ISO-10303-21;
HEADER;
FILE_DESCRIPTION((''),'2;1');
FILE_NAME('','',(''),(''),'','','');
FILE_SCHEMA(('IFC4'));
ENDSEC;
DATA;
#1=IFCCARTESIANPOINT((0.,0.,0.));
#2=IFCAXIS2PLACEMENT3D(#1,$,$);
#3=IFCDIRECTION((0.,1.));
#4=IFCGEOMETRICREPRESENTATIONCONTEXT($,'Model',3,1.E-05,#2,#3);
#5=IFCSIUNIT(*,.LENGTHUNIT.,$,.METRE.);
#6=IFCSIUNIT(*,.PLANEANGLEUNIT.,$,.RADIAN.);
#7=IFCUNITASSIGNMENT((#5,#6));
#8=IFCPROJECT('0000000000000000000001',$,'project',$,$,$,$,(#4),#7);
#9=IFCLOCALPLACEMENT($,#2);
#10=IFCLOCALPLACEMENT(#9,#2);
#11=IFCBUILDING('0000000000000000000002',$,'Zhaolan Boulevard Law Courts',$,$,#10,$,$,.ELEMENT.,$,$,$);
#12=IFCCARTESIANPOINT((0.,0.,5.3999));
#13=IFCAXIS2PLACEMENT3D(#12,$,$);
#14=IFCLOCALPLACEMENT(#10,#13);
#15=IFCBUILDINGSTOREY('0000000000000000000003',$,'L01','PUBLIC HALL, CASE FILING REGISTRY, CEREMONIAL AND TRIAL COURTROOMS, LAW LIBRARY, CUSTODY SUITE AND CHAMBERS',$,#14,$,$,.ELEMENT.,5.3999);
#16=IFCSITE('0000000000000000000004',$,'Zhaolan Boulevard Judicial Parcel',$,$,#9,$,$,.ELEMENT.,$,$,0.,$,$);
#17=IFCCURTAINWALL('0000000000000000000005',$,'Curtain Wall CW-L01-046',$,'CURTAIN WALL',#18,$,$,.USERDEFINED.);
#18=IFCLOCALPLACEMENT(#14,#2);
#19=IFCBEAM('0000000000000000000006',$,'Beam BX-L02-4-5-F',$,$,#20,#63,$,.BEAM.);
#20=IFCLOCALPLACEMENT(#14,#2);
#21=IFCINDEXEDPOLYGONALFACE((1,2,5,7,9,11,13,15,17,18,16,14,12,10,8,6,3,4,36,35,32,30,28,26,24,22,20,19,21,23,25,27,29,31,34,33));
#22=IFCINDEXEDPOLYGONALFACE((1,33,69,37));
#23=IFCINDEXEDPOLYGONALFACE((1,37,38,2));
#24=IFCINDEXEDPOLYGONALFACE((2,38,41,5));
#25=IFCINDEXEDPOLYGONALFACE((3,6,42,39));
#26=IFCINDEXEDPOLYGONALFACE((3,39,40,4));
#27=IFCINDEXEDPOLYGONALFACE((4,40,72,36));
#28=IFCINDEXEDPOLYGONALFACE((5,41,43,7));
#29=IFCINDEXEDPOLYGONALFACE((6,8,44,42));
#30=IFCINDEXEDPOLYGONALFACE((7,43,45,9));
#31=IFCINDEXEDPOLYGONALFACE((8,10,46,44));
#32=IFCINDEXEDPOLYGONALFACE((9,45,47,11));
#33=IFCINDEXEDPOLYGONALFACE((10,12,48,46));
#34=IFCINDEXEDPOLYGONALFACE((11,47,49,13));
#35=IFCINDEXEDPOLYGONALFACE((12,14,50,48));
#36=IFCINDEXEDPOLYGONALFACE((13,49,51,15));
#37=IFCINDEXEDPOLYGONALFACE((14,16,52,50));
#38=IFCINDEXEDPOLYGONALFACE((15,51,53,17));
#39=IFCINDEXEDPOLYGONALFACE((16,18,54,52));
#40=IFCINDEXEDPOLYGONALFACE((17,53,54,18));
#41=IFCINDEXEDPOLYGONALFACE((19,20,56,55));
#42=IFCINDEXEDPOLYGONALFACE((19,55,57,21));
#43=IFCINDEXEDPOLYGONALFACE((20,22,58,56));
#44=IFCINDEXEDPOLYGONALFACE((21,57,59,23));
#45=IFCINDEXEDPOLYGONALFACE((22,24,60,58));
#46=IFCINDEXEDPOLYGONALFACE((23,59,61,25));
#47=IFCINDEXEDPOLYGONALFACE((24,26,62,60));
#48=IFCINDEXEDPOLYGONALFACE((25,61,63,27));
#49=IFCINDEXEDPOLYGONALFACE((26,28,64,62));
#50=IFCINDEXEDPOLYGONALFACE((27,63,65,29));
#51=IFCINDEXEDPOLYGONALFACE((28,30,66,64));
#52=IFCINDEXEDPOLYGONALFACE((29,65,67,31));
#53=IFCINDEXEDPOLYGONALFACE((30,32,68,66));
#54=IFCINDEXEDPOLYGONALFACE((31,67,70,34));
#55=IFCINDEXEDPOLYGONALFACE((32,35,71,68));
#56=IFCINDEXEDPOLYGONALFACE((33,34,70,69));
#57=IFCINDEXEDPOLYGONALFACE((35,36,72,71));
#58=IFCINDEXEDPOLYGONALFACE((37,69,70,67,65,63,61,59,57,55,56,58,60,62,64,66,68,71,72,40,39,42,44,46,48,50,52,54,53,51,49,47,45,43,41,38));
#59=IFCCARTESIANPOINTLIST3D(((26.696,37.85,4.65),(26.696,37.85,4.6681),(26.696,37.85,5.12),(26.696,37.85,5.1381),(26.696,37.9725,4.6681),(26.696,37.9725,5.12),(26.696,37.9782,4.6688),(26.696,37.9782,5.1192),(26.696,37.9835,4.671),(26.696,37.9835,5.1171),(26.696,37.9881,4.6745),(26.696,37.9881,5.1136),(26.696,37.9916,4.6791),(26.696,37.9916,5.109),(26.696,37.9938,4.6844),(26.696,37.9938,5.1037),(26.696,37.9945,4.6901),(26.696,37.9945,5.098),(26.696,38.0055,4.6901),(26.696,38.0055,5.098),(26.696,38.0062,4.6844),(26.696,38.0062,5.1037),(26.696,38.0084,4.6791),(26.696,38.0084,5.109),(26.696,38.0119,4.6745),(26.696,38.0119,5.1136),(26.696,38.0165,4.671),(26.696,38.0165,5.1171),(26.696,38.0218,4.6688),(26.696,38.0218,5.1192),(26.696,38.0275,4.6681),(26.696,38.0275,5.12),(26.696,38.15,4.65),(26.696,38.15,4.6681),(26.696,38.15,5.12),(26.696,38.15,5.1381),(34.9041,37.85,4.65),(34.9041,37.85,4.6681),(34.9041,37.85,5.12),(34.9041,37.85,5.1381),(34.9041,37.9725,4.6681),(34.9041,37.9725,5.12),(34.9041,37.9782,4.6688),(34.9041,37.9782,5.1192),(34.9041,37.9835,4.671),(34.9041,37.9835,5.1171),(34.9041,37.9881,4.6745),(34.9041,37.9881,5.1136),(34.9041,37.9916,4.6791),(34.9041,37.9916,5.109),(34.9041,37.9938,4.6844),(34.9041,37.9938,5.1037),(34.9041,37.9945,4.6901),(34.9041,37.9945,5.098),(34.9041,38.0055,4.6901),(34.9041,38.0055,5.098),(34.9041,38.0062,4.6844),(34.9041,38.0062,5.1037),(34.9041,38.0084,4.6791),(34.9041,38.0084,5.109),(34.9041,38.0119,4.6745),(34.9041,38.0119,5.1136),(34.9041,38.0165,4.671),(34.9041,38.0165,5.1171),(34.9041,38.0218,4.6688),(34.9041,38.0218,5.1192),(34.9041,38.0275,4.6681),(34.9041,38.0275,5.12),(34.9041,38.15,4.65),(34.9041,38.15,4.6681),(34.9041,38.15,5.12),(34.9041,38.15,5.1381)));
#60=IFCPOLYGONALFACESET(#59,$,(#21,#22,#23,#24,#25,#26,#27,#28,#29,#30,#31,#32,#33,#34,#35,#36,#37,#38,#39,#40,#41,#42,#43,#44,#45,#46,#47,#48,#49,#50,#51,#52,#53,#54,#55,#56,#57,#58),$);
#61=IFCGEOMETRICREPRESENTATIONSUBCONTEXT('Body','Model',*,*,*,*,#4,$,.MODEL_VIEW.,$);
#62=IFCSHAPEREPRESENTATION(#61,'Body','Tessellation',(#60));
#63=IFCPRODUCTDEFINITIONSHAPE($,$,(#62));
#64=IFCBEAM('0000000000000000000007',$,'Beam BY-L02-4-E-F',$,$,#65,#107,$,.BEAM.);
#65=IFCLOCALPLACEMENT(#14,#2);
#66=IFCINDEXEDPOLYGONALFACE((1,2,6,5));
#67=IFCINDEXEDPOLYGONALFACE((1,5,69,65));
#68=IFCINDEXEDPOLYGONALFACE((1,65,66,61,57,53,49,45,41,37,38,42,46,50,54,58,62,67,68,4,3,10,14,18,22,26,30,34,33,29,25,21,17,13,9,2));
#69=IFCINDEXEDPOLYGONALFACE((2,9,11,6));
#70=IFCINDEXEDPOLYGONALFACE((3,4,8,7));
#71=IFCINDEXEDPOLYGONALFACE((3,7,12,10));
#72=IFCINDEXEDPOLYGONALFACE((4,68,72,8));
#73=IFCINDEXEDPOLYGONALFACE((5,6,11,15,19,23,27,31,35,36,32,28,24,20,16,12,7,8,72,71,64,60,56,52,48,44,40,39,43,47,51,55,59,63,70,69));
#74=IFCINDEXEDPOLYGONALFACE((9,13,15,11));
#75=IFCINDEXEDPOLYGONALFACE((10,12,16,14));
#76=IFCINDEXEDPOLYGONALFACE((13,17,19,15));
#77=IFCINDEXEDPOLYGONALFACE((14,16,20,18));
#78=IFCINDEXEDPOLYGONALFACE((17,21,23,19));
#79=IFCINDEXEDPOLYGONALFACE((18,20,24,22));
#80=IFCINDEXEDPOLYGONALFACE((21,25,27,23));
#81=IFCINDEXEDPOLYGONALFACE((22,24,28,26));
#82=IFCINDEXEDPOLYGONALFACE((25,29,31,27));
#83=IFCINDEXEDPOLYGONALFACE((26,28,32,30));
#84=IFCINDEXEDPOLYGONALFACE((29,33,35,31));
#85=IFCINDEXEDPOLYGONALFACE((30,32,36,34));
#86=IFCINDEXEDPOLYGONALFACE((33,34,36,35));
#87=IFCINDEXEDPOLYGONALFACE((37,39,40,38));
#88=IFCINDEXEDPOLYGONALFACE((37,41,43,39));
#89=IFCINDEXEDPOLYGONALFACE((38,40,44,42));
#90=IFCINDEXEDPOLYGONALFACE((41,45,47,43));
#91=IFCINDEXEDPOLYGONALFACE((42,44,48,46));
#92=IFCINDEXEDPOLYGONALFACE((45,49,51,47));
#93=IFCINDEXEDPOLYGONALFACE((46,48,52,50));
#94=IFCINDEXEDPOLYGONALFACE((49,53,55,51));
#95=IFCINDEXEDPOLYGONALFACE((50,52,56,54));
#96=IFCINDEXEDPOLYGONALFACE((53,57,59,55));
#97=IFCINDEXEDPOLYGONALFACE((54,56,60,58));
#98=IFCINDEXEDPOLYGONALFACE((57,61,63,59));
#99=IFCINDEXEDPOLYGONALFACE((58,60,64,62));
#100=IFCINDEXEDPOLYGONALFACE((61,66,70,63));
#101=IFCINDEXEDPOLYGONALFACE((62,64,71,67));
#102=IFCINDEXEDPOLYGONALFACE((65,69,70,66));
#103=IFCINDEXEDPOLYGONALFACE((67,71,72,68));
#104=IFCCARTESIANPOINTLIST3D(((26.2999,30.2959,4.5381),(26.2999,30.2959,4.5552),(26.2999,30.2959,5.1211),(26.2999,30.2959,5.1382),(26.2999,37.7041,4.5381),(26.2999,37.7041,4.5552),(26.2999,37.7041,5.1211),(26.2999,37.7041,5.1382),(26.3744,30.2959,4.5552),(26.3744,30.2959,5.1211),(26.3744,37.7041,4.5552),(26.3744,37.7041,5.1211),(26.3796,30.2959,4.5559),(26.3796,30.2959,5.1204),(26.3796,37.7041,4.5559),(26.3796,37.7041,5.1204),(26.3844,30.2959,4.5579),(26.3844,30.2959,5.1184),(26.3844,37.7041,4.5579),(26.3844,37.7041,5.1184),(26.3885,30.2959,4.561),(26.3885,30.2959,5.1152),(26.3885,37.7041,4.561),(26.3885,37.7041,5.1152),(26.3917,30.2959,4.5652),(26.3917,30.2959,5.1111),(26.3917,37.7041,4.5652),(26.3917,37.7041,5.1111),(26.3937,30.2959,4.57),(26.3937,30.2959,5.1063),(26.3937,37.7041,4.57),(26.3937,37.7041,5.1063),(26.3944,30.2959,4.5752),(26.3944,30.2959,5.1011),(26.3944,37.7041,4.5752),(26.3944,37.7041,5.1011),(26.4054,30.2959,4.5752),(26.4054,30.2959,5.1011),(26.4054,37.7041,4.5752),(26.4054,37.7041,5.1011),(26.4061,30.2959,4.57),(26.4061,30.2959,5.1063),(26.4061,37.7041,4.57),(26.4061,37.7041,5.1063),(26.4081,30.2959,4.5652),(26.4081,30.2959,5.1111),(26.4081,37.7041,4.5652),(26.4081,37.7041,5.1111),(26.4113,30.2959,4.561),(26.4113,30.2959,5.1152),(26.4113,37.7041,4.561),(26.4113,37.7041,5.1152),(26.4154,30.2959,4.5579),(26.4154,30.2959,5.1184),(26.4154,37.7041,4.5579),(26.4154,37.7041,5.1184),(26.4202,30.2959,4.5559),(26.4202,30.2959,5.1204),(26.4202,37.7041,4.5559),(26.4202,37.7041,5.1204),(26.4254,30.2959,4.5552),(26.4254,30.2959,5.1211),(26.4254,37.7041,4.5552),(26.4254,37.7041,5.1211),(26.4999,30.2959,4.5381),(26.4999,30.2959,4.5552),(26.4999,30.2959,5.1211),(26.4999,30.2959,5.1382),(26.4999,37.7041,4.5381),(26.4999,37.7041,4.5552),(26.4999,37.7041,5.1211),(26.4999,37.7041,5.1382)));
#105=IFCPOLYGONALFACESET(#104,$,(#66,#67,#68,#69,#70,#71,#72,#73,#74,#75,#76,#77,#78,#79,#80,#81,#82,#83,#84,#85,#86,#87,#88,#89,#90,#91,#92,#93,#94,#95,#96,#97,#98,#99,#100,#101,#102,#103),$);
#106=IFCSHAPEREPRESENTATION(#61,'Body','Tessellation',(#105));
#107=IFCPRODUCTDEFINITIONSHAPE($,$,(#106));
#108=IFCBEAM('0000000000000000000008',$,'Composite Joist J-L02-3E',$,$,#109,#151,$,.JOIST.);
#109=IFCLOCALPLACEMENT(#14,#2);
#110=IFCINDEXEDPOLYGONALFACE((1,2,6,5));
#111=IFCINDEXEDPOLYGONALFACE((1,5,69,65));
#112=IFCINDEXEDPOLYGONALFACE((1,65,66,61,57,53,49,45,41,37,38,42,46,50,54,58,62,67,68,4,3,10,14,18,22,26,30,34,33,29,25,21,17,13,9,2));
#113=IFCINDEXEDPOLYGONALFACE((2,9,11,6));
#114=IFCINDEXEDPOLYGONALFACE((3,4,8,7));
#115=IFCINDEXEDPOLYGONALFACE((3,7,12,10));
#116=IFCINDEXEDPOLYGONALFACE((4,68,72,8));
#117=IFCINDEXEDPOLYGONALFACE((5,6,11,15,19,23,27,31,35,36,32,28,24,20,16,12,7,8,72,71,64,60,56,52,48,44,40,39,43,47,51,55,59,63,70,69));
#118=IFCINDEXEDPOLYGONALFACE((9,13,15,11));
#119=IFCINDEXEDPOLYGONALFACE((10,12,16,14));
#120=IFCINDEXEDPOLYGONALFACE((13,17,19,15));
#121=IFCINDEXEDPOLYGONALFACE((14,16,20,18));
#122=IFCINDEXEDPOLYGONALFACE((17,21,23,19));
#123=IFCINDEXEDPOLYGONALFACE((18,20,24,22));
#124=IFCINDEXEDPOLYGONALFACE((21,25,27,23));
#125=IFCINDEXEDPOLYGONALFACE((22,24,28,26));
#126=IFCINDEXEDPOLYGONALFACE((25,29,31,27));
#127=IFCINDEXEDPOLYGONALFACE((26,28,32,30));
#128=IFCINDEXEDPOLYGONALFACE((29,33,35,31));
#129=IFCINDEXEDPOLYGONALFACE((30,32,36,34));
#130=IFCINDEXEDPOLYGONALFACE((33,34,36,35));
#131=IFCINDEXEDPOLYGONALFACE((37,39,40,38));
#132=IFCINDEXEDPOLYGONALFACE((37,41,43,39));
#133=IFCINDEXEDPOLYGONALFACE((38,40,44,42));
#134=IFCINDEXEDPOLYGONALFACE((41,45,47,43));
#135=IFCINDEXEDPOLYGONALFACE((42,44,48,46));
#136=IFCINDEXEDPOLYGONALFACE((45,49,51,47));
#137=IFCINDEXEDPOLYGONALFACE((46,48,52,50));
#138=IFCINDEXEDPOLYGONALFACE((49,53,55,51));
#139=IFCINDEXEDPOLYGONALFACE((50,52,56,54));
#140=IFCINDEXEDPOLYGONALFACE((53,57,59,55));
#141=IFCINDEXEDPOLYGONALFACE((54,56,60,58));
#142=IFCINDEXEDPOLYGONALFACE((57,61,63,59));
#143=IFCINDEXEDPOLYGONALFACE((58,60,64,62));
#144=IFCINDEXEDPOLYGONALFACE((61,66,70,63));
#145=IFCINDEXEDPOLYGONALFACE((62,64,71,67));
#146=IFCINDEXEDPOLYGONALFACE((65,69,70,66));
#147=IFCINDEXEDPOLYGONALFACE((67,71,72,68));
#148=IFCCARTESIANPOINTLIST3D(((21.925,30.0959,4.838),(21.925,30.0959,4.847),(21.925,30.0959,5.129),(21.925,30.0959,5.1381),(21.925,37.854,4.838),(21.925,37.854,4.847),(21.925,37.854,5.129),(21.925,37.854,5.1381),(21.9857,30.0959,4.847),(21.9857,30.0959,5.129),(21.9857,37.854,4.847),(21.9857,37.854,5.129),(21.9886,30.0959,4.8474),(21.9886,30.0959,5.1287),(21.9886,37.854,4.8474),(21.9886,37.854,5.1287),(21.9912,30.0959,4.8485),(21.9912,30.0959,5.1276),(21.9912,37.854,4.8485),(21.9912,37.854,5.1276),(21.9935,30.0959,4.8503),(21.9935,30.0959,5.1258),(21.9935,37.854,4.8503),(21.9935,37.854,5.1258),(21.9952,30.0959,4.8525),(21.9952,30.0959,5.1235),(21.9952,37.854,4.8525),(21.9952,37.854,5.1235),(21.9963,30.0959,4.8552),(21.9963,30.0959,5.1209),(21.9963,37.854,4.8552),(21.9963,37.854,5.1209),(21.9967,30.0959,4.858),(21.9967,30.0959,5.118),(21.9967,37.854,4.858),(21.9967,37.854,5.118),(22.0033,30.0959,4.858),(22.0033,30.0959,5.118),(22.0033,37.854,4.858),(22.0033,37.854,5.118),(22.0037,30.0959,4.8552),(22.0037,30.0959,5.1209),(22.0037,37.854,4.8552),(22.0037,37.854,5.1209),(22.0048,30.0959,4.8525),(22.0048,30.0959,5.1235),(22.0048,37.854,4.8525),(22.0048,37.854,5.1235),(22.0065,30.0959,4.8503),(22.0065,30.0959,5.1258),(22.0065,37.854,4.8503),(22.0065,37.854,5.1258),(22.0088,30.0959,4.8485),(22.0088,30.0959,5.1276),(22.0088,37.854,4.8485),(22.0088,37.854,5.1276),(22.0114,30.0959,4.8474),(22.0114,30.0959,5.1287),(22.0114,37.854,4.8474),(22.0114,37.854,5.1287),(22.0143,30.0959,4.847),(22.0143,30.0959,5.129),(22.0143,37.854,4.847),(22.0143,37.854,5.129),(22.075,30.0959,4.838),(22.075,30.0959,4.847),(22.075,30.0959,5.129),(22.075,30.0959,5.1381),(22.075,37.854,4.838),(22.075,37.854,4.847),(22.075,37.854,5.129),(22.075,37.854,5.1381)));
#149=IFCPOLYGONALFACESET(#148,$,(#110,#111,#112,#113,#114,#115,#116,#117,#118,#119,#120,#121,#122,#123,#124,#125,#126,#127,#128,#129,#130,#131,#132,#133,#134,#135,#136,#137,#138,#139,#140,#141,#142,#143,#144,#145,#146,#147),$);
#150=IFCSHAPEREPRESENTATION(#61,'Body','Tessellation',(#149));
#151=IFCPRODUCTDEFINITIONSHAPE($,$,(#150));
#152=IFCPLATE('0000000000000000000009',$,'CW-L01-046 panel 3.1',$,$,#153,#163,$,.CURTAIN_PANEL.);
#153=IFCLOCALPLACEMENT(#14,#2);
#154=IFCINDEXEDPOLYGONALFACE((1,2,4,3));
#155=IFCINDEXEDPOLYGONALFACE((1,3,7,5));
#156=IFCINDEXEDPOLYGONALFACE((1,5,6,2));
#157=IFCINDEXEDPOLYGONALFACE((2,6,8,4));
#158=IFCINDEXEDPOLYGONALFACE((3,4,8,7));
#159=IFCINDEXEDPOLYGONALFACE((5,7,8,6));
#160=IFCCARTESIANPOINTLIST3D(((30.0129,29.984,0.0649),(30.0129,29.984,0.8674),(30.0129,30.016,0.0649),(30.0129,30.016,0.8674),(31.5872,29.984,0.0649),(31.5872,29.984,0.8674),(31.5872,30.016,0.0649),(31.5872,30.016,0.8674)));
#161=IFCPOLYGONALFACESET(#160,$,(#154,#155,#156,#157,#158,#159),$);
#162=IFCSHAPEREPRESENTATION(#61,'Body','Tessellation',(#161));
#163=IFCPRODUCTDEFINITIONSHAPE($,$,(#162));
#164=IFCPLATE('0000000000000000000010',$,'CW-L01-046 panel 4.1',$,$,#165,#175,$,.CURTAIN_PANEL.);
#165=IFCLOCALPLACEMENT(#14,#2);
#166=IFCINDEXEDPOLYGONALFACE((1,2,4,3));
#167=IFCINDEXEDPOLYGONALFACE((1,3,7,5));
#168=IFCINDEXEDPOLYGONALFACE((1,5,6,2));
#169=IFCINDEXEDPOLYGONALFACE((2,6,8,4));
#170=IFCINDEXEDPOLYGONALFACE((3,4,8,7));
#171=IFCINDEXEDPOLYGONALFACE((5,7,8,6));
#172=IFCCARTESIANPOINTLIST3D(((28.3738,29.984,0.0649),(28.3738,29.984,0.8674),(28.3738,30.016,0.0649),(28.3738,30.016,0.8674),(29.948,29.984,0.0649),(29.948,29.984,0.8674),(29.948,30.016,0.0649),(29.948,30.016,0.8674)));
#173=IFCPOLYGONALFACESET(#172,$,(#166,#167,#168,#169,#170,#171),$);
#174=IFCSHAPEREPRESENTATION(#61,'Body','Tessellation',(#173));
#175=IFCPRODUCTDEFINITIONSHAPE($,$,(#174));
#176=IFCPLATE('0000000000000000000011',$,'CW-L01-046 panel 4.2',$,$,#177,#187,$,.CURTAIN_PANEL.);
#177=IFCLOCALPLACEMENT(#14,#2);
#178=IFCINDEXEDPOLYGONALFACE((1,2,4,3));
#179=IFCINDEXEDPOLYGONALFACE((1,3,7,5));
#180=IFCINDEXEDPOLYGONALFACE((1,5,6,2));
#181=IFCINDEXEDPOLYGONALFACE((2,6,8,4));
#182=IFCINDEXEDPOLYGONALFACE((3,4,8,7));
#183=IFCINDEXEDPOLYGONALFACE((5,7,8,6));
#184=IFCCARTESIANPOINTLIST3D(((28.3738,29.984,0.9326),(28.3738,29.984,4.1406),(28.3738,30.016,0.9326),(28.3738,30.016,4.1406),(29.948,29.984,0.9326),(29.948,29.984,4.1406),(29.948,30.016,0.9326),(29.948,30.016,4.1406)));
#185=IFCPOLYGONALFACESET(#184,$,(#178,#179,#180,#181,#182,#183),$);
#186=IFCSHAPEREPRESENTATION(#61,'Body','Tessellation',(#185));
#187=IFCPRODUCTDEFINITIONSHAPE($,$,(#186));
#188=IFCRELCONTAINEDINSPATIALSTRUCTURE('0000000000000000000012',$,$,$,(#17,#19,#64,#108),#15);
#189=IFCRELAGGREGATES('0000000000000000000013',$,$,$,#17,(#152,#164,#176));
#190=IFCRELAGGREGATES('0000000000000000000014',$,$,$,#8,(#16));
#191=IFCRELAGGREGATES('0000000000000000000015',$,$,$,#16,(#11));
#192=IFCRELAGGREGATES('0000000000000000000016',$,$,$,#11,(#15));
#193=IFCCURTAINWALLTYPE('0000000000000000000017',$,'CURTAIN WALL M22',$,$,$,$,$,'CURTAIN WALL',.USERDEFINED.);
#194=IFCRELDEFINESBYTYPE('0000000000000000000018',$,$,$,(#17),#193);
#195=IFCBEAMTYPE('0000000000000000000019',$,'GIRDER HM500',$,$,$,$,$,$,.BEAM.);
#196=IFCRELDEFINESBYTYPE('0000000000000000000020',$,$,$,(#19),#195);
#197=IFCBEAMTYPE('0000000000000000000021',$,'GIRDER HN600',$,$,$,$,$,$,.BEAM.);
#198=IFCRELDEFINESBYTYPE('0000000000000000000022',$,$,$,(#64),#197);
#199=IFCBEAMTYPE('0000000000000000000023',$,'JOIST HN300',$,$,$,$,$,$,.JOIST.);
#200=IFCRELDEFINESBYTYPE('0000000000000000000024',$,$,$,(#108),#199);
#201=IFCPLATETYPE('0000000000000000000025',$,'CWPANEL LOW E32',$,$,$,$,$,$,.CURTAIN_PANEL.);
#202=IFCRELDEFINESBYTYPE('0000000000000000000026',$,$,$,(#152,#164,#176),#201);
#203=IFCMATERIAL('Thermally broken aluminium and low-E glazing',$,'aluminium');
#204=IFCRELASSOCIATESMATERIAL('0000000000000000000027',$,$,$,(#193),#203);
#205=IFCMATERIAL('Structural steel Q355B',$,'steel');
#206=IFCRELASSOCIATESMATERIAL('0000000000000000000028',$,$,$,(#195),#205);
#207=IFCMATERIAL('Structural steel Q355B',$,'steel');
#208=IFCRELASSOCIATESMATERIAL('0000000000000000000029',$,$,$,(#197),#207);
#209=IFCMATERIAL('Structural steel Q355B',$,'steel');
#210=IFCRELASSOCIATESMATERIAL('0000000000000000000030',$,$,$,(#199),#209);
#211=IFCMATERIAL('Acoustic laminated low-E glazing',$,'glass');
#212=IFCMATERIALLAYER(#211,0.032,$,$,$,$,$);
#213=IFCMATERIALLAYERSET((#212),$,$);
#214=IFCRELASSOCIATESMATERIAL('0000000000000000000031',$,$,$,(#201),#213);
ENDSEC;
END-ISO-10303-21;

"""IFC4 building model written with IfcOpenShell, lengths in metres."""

from ifc_helpers import new_model, si_unit, direction, frame, origin, origin_2d, place, context, subcontext, project, spatial, rectangle, i_section, extrude, material, layer, layer_set, material_profile, profile_set, type_object, element, aggregate, save


model = new_model("IFC4")

# Units and contexts
model_context = context("Model", 3, precision=1e-05, world=origin(), true_north=direction((0.0, 1.0)))
body_context = subcontext(model_context, "Body", "Model", "MODEL_VIEW")
ifc_project = project(units=[si_unit("LENGTHUNIT", "METRE"), si_unit("PLANEANGLEUNIT", "RADIAN")], contexts=[model_context])

# Site, building, storey
site_placement = place(None, origin())
site = spatial("IfcSite", under=ifc_project, at=site_placement, Name="Zhaolan Boulevard Judicial Parcel", CompositionType="ELEMENT", RefElevation=0.0)
building_placement = place(site_placement, origin())
building = spatial("IfcBuilding", under=site, at=building_placement, Name="Zhaolan Boulevard Law Courts", CompositionType="ELEMENT")
storey_placement = place(building_placement, frame((0.0, 0.0, 5.3999)))
storey = spatial("IfcBuildingStorey", under=building, at=storey_placement, Name="L01", Description="PUBLIC HALL, CASE FILING REGISTRY, CEREMONIAL AND TRIAL COURTROOMS, LAW LIBRARY, CUSTODY SUITE AND CHAMBERS", CompositionType="ELEMENT", Elevation=5.3999)

# Curtain wall
ifc_material_1 = material(Name="Thermally broken aluminium and low-E glazing", Category="aluminium")
curtain_wall_type = type_object("IfcCurtainWallType", Name="CURTAIN WALL M22", ElementType="CURTAIN WALL", PredefinedType="USERDEFINED", material=ifc_material_1)
curtain_wall_placement = place(storey_placement, origin())
curtain_wall = element("IfcCurtainWall", 1, at=curtain_wall_placement, inside=storey, type_object=curtain_wall_type, Name="Curtain Wall CW-L01-046", ObjectType="CURTAIN WALL", PredefinedType="USERDEFINED")

# Beams
ifc_material_2 = material(Name="Structural steel Q355B", Category="steel")
ifc_material_profile_1 = material_profile(ifc_material_2, i_section(OverallWidth=0.3, OverallDepth=0.488, WebThickness=0.011, FlangeThickness=0.0181, FilletRadius=0.022, at=origin_2d()), Name="HM488x300")
ifc_profile_set_1 = profile_set([ifc_material_profile_1], Name="Structural steel Q355B")
beam_type_1 = type_object("IfcBeamType", Name="GIRDER HM500", PredefinedType="BEAM", material=ifc_profile_set_1)
beam_1_placement = place(storey_placement, frame((26.696, 38.0, 4.894), z_axis=(1.0, 0.0, 0.0), x_axis=(0.0, 1.0, 0.0)))
element("IfcBeam", 2, at=beam_1_placement, inside=storey, type_object=beam_type_1, Name="Beam BX-L02-4-5-F", PredefinedType="BEAM", context=body_context, shape_type="SweptSolid", body=[
    extrude(i_section(OverallWidth=0.3, OverallDepth=0.488, WebThickness=0.011, FlangeThickness=0.0181, FilletRadius=0.022, at=origin_2d()), origin(), (0.0, 0.0, 1.0), 8.208),
])
ifc_material_3 = material(Name="Structural steel Q355B", Category="steel")
ifc_material_profile_2 = material_profile(ifc_material_3, i_section(OverallWidth=0.2, OverallDepth=0.6001, WebThickness=0.011, FlangeThickness=0.0171, FilletRadius=0.02, at=origin_2d()), Name="HN600x200")
ifc_profile_set_2 = profile_set([ifc_material_profile_2], Name="Structural steel Q355B")
beam_type_2 = type_object("IfcBeamType", Name="GIRDER HN600", PredefinedType="BEAM", material=ifc_profile_set_2)
beam_2_placement = place(storey_placement, frame((26.3999, 30.2959, 4.8381), z_axis=(0.0, 1.0, 0.0), x_axis=(-1.0, 0.0, 0.0)))
element("IfcBeam", 3, at=beam_2_placement, inside=storey, type_object=beam_type_2, Name="Beam BY-L02-4-E-F", PredefinedType="BEAM", context=body_context, shape_type="SweptSolid", body=[
    extrude(i_section(OverallWidth=0.2, OverallDepth=0.6001, WebThickness=0.011, FlangeThickness=0.0171, FilletRadius=0.02, at=origin_2d()), origin(), (0.0, 0.0, 1.0), 7.4082),
])
ifc_material_4 = material(Name="Structural steel Q355B", Category="steel")
ifc_material_profile_3 = material_profile(ifc_material_4, i_section(OverallWidth=0.1499, OverallDepth=0.3, WebThickness=0.0066, FlangeThickness=0.009, FilletRadius=0.011, at=origin_2d()), Name="HN300x150")
ifc_profile_set_3 = profile_set([ifc_material_profile_3], Name="Structural steel Q355B")
beam_type_3 = type_object("IfcBeamType", Name="JOIST HN300", PredefinedType="JOIST", material=ifc_profile_set_3)
beam_3_placement = place(storey_placement, frame((22.0, 30.0959, 4.988), z_axis=(0.0, 1.0, 0.0), x_axis=(-1.0, 0.0, 0.0)))
element("IfcBeam", 4, at=beam_3_placement, inside=storey, type_object=beam_type_3, Name="Composite Joist J-L02-3E", PredefinedType="JOIST", context=body_context, shape_type="SweptSolid", body=[
    extrude(i_section(OverallWidth=0.1499, OverallDepth=0.3, WebThickness=0.0066, FlangeThickness=0.009, FilletRadius=0.011, at=origin_2d()), origin(), (0.0, 0.0, 1.0), 7.7581),
])

# Plates
ifc_material_5 = material(Name="Acoustic laminated low-E glazing", Category="glass")
ifc_layer_1 = layer(ifc_material_5, 0.032)
ifc_layer_set_1 = layer_set([ifc_layer_1])
plate_type_1 = type_object("IfcPlateType", Name="CWPANEL LOW E32", PredefinedType="CURTAIN_PANEL", material=ifc_layer_set_1)
plate_1_placement = place(storey_placement, frame((30.8, 30.0, 0.0649), z_axis=(0.0, 0.0, 1.0), x_axis=(-1.0, 0.0, 0.0)))
plate_1 = element("IfcPlate", 5, at=plate_1_placement, type_object=plate_type_1, Name="CW-L01-046 panel 3.1", PredefinedType="CURTAIN_PANEL", context=body_context, shape_type="SweptSolid", body=[
    extrude(rectangle(XDim=1.5742, YDim=0.032, at=origin_2d()), origin(), (0.0, 0.0, 1.0), 0.8025),
])
plate_2_placement = place(storey_placement, frame((29.1609, 30.0, 0.0649), z_axis=(0.0, 0.0, 1.0), x_axis=(-1.0, 0.0, 0.0)))
plate_2 = element("IfcPlate", 6, at=plate_2_placement, type_object=plate_type_1, Name="CW-L01-046 panel 4.1", PredefinedType="CURTAIN_PANEL", context=body_context, shape_type="SweptSolid", body=[
    extrude(rectangle(XDim=1.5742, YDim=0.032, at=origin_2d()), origin(), (0.0, 0.0, 1.0), 0.8025),
])
plate_3_placement = place(storey_placement, frame((29.1609, 30.0, 0.9326), z_axis=(0.0, 0.0, 1.0), x_axis=(-1.0, 0.0, 0.0)))
plate_3 = element("IfcPlate", 7, at=plate_3_placement, type_object=plate_type_1, Name="CW-L01-046 panel 4.2", PredefinedType="CURTAIN_PANEL", context=body_context, shape_type="SweptSolid", body=[
    extrude(rectangle(XDim=1.5742, YDim=0.032, at=origin_2d()), origin(), (0.0, 0.0, 1.0), 3.208),
])
aggregate(curtain_wall, [plate_1, plate_2, plate_3])

save(model, "model.ifc")
